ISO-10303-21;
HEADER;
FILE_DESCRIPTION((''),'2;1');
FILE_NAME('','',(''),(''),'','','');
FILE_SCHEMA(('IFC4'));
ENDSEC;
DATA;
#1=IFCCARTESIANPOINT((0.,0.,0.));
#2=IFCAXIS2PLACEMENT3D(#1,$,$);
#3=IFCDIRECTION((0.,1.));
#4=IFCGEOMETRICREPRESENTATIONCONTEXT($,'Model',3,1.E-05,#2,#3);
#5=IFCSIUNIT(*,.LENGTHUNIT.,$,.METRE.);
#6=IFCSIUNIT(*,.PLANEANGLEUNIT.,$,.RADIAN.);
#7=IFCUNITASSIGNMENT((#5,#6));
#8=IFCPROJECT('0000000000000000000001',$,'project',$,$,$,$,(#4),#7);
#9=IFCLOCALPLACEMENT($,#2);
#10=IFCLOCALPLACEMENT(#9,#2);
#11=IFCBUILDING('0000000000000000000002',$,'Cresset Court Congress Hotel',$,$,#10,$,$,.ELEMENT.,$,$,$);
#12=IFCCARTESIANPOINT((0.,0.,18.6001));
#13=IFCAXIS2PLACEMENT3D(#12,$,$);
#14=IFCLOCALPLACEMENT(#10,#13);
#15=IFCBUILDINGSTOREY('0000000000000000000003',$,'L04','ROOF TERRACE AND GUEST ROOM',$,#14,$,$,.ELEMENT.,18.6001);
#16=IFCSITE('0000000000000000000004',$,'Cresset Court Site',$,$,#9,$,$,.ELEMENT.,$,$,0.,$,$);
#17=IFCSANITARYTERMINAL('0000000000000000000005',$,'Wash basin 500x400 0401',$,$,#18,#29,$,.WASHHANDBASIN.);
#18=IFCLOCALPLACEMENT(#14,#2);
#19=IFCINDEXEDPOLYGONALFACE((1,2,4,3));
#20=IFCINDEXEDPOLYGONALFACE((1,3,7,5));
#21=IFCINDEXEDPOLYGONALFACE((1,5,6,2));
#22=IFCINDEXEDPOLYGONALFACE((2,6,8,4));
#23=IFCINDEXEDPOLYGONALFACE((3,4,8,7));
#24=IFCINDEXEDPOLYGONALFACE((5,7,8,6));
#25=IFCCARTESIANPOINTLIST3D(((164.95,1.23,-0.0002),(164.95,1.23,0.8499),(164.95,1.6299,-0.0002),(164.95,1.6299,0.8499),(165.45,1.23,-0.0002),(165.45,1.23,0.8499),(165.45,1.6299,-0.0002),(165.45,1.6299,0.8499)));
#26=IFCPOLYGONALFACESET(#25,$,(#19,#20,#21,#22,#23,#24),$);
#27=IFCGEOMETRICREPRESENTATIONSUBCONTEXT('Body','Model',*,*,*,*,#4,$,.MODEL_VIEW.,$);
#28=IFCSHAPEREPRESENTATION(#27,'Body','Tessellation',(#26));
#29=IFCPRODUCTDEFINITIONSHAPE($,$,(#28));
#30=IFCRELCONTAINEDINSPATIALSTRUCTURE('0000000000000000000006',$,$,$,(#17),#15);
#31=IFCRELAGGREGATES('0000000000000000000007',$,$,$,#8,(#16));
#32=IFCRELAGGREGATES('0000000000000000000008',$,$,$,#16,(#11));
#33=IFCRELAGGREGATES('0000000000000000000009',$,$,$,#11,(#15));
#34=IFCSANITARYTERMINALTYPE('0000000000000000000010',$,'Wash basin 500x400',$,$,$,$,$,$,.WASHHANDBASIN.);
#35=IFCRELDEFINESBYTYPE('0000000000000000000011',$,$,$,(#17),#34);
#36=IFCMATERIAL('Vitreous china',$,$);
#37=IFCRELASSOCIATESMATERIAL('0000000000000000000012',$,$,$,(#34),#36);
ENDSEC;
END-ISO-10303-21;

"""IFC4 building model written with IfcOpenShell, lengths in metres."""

from ifc_helpers import new_model, si_unit, direction, frame, origin, origin_2d, place, context, subcontext, project, spatial, rectangle, extrude, material, type_object, element, save


model = new_model("IFC4")

# Units and contexts
model_context = context("Model", 3, precision=1e-05, world=origin(), true_north=direction((0.0, 1.0)))
body_context = subcontext(model_context, "Body", "Model", "MODEL_VIEW")
ifc_project = project(units=[si_unit("LENGTHUNIT", "METRE"), si_unit("PLANEANGLEUNIT", "RADIAN")], contexts=[model_context])

# Site, building, storey
site_placement = place(None, origin())
site = spatial("IfcSite", under=ifc_project, at=site_placement, Name="Cresset Court Site", CompositionType="ELEMENT", RefElevation=0.0)
building_placement = place(site_placement, origin())
building = spatial("IfcBuilding", under=site, at=building_placement, Name="Cresset Court Congress Hotel", CompositionType="ELEMENT")
storey_placement = place(building_placement, frame((0.0, 0.0, 18.6001)))
storey = spatial("IfcBuildingStorey", under=building, at=storey_placement, Name="L04", Description="ROOF TERRACE AND GUEST ROOM", CompositionType="ELEMENT", Elevation=18.6001)

# Sanitary terminal
ifc_material_1 = material(Name="Vitreous china")
sanitary_terminal_type = type_object("IfcSanitaryTerminalType", Name="Wash basin 500x400", PredefinedType="WASHHANDBASIN", material=ifc_material_1)
sanitary_terminal_placement = place(storey_placement, frame((165.2, 1.4299, -0.0002), z_axis=(0.0, 0.0, 1.0), x_axis=(1.0, 0.0, 0.0)))
element("IfcSanitaryTerminal", 1, at=sanitary_terminal_placement, inside=storey, type_object=sanitary_terminal_type, Name="Wash basin 500x400 0401", PredefinedType="WASHHANDBASIN", context=body_context, shape_type="SweptSolid", body=[
    extrude(rectangle(XDim=0.5, YDim=0.3999, at=origin_2d()), origin(), (0.0, 0.0, 1.0), 0.8501),
])

save(model, "model.ifc")
